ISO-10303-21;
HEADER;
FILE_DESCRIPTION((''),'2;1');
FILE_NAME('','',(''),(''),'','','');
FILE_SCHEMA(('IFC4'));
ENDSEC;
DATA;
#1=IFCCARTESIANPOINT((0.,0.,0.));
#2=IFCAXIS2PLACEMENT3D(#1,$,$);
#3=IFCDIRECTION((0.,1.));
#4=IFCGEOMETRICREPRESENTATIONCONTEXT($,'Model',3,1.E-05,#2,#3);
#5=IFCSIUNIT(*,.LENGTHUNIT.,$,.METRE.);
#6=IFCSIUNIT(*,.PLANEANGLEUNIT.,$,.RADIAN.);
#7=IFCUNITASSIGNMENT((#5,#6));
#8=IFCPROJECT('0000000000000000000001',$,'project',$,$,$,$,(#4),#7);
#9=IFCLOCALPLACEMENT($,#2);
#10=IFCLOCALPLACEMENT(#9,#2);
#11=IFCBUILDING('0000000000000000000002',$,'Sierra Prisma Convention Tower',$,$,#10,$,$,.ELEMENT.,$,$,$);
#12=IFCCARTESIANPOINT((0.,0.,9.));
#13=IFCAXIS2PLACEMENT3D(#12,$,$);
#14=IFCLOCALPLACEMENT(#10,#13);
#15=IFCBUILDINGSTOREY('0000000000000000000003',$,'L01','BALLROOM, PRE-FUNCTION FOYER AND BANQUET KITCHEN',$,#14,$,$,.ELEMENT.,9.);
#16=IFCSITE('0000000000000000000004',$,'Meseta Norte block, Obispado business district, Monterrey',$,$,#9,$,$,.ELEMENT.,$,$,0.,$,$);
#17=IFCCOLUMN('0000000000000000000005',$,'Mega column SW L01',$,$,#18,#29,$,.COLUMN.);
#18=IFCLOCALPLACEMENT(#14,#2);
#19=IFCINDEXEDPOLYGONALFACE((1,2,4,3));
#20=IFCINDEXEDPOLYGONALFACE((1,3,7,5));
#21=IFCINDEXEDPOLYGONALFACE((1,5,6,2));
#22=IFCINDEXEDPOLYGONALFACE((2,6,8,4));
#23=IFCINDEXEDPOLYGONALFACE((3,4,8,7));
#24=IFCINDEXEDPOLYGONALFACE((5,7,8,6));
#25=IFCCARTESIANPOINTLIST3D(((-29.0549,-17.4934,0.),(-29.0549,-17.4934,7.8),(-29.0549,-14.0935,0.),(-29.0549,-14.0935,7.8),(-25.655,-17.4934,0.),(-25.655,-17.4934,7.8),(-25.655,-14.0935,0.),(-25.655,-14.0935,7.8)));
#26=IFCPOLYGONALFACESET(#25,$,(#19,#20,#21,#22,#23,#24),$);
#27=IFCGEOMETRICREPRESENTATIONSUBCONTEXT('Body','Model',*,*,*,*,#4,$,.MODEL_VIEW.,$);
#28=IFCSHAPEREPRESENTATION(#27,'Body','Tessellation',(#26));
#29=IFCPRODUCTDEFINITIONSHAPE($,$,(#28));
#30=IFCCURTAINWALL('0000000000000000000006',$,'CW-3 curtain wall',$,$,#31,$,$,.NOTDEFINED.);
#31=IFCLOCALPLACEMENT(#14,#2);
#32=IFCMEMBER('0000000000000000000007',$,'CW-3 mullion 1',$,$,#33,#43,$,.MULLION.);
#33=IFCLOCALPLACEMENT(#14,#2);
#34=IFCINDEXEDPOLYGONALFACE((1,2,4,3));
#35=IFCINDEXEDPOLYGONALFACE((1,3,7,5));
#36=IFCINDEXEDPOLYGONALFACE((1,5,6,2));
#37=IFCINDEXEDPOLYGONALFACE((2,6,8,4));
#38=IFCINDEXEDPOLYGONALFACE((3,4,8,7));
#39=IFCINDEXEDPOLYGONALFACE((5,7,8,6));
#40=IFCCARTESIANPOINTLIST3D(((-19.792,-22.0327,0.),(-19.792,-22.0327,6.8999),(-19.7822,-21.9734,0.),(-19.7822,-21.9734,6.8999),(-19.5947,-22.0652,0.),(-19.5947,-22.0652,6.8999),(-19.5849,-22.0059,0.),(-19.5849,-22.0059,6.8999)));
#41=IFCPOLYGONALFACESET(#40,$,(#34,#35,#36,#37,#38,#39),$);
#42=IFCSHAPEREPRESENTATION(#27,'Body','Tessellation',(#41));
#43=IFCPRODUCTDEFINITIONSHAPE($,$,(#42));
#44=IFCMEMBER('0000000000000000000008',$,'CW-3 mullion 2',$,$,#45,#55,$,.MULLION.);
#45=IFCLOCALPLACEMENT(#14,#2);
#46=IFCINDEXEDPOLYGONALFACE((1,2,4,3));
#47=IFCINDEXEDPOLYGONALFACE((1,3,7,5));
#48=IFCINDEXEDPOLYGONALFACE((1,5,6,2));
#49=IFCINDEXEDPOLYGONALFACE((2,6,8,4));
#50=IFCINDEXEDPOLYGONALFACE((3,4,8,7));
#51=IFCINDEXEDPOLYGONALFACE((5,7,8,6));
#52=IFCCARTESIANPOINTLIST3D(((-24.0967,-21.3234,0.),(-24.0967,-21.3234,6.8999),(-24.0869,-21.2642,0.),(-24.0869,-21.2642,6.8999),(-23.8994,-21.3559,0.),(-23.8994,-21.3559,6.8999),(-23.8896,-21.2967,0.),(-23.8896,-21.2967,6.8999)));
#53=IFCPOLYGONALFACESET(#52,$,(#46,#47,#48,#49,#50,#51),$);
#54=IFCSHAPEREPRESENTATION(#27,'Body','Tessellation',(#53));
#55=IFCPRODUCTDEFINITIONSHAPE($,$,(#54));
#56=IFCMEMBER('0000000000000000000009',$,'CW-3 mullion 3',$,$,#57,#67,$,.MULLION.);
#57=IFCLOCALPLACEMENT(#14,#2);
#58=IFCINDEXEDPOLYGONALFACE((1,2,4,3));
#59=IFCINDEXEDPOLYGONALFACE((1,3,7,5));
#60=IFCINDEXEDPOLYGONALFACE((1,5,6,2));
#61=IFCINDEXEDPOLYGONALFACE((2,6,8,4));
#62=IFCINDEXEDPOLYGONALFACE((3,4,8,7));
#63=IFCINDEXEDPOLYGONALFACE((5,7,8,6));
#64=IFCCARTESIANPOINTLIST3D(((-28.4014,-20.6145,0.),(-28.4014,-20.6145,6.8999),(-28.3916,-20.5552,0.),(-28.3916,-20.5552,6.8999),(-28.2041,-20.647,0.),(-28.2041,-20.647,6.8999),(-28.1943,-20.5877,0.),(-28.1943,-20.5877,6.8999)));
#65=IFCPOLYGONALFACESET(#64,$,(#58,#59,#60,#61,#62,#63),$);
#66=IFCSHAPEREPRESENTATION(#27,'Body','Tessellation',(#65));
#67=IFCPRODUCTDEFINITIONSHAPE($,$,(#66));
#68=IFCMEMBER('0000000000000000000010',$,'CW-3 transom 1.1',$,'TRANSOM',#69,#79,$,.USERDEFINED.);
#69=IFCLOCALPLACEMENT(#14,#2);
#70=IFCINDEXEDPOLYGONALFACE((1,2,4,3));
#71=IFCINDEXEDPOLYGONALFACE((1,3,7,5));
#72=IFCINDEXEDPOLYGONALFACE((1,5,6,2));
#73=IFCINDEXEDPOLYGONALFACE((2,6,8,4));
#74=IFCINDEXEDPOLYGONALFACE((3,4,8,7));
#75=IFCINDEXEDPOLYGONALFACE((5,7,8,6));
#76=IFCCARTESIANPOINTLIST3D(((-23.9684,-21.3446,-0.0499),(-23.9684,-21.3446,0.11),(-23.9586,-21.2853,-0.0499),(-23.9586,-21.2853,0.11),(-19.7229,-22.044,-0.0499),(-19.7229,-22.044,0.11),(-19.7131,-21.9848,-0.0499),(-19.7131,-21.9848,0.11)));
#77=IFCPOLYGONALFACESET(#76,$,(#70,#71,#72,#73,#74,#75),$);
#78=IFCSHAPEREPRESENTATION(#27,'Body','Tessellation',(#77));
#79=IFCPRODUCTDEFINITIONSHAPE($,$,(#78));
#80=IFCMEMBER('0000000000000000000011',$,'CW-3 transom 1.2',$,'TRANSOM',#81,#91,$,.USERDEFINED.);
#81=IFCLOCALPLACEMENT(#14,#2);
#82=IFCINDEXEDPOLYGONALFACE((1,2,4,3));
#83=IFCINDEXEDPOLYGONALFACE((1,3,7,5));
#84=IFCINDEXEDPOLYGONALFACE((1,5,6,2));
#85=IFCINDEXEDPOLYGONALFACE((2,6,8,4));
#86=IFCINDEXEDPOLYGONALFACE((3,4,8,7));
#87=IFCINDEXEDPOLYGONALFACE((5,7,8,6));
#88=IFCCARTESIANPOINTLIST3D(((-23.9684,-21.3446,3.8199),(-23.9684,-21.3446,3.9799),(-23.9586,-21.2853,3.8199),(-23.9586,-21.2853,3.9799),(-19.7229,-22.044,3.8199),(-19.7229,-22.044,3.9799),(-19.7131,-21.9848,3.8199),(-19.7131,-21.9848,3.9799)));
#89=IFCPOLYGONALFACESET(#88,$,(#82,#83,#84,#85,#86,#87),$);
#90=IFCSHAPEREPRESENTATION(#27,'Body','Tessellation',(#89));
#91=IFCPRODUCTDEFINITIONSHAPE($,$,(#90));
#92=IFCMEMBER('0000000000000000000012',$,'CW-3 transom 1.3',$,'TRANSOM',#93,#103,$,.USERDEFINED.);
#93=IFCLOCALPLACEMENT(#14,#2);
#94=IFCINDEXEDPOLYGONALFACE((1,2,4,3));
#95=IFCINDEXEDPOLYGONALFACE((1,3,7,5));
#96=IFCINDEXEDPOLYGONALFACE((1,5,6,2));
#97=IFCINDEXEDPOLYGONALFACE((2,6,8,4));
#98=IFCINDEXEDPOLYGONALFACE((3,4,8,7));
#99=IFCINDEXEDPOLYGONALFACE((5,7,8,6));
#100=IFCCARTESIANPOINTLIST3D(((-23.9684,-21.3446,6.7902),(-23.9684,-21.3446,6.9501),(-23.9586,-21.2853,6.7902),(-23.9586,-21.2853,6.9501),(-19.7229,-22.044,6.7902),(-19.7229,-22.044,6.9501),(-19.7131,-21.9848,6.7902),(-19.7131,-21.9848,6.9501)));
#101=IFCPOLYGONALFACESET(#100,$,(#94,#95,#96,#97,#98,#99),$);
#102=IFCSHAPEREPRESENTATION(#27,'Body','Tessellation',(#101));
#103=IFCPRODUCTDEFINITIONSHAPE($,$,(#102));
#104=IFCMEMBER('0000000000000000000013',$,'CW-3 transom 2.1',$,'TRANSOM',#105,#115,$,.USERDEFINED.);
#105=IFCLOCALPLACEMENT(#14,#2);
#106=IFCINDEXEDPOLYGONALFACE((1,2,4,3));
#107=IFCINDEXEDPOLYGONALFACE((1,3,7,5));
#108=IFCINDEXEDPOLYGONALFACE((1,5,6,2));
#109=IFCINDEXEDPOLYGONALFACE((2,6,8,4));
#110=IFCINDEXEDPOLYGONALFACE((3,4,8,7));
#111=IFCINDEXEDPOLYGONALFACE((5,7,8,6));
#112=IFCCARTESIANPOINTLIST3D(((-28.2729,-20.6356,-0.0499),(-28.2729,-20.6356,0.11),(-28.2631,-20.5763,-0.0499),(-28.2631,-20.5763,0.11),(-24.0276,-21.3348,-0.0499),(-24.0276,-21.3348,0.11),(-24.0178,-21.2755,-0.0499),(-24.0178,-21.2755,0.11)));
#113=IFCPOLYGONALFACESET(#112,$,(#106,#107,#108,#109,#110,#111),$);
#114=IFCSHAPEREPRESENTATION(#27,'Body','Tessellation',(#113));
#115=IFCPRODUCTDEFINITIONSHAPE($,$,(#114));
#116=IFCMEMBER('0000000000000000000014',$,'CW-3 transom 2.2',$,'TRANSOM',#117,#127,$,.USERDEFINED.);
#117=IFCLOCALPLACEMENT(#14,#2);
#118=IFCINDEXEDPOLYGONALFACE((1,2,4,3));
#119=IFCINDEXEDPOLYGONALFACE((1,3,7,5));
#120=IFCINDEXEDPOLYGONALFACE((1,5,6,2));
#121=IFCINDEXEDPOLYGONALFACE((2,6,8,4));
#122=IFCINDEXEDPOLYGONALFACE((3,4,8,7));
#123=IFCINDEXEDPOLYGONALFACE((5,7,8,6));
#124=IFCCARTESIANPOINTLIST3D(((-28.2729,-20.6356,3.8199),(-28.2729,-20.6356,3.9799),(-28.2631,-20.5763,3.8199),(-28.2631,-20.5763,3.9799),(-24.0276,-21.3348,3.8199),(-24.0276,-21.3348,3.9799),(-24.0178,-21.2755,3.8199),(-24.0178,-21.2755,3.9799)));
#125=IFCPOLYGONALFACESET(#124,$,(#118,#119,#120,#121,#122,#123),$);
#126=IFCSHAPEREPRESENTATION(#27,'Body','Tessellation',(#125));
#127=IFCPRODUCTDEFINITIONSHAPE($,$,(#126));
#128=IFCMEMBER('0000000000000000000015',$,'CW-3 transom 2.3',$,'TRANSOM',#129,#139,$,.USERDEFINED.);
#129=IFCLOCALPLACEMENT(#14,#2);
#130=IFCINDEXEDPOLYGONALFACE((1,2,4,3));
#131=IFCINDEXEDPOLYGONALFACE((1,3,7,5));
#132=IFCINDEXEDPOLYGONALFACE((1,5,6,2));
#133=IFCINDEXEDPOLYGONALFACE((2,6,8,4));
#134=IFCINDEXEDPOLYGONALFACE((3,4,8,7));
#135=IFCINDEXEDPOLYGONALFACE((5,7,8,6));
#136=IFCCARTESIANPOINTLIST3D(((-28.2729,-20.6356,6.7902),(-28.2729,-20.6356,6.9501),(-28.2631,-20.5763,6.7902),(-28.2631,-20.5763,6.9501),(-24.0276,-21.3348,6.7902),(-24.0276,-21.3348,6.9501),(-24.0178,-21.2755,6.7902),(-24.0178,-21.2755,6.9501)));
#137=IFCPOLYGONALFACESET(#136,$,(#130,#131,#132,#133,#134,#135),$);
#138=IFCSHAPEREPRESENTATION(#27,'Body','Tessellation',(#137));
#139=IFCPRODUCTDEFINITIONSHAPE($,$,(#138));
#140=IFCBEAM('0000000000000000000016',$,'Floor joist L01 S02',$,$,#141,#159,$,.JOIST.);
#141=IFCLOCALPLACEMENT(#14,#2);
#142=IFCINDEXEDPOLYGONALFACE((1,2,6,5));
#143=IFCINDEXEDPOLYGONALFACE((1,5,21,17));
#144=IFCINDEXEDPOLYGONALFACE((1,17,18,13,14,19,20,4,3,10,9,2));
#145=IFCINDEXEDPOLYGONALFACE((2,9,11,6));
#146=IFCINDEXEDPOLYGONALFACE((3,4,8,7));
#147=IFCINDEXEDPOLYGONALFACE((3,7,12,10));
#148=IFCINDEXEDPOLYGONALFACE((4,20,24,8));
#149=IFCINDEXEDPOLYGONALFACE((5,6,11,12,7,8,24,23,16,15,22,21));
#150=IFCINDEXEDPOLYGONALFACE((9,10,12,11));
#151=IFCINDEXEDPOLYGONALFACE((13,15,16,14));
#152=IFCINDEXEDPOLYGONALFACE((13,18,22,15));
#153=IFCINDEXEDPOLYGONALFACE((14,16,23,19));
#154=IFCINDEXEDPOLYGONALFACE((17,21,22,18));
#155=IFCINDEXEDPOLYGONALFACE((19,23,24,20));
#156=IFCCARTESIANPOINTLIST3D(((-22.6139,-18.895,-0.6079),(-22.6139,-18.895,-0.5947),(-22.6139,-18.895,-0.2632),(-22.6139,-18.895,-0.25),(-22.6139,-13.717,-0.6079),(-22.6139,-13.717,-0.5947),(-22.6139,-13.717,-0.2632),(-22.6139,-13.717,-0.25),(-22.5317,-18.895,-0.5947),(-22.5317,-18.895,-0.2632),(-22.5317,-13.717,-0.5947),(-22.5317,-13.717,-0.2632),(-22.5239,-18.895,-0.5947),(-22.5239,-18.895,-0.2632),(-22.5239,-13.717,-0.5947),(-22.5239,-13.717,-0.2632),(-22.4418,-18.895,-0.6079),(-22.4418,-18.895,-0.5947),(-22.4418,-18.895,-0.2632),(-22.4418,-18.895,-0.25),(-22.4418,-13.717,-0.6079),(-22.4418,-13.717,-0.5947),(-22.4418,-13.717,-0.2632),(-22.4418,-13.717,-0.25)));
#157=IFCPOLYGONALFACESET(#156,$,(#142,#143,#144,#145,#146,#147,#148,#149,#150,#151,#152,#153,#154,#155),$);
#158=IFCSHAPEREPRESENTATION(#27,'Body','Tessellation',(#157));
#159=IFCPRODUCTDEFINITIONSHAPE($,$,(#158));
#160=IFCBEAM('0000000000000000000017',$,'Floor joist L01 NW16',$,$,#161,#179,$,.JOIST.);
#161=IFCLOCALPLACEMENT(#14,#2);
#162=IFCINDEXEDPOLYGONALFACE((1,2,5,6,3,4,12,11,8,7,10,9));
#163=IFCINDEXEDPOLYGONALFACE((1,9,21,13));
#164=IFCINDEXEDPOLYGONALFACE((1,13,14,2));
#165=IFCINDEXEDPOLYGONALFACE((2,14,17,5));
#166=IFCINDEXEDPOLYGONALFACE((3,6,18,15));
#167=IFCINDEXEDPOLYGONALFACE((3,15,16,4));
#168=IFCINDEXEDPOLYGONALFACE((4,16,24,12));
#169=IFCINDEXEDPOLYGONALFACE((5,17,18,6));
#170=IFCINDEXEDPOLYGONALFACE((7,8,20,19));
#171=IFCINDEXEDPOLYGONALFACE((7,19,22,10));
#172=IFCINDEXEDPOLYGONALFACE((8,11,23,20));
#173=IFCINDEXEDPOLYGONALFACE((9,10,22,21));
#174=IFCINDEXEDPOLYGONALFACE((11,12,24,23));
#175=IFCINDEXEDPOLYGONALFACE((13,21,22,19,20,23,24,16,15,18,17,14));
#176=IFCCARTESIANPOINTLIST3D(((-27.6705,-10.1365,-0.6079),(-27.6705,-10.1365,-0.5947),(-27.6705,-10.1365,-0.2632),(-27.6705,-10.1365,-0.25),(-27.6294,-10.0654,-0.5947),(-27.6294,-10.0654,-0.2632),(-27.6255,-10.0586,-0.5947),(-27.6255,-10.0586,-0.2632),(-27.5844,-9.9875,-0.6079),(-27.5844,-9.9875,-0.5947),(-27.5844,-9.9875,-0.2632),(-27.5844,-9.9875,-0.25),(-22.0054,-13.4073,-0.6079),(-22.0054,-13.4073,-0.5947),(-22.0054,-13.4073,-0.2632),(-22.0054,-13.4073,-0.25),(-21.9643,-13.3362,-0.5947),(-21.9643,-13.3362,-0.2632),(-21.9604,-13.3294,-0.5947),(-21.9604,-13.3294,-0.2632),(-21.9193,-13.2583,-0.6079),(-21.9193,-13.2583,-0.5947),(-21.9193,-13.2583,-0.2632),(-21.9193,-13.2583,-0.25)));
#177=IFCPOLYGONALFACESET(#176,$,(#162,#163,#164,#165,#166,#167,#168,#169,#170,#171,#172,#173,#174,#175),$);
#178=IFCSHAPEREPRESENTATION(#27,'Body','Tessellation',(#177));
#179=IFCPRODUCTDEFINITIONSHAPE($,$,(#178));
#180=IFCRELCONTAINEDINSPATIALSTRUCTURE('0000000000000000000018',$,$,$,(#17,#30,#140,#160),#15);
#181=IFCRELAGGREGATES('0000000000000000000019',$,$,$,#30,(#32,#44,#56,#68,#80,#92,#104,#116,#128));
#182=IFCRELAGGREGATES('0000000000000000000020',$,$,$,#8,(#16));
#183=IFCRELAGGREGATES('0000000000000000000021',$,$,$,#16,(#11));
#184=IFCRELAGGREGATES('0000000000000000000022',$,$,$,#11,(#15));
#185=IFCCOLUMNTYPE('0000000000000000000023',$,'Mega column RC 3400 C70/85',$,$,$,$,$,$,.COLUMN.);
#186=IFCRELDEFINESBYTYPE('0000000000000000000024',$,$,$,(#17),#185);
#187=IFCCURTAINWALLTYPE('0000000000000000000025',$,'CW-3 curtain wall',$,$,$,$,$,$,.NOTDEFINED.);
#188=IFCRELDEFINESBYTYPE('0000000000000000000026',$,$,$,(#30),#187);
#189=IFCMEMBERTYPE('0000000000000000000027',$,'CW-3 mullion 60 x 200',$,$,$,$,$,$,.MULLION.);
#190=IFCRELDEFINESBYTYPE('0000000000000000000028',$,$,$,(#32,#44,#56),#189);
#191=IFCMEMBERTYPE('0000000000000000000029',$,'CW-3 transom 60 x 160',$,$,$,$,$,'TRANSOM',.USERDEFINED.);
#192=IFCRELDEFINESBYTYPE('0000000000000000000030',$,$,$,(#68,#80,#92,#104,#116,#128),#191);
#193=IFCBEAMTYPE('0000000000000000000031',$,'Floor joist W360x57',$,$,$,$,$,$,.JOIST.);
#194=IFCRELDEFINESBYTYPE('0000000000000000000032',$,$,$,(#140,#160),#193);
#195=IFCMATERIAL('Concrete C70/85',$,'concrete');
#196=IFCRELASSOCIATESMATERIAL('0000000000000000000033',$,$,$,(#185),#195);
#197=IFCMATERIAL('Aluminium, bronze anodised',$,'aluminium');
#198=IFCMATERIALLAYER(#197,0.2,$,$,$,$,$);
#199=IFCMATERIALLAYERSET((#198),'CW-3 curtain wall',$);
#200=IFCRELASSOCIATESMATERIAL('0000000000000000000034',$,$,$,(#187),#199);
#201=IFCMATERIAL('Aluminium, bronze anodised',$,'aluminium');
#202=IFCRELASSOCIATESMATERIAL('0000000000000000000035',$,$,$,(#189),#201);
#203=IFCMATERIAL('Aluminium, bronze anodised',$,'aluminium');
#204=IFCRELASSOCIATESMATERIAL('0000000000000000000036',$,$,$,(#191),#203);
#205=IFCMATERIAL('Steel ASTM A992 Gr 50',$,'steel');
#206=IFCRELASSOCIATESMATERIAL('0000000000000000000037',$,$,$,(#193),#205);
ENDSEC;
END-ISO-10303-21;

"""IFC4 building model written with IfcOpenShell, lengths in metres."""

from ifc_helpers import new_model, si_unit, direction, frame, origin, origin_2d, place, context, subcontext, project, spatial, rectangle, i_section, extrude, material, layer, layer_set, material_profile, profile_set, type_object, element, aggregate, save


model = new_model("IFC4")

# Units and contexts
model_context = context("Model", 3, precision=1e-05, world=origin(), true_north=direction((0.0, 1.0)))
body_context = subcontext(model_context, "Body", "Model", "MODEL_VIEW")
ifc_project = project(units=[si_unit("LENGTHUNIT", "METRE"), si_unit("PLANEANGLEUNIT", "RADIAN")], contexts=[model_context])

# Site, building, storey
site_placement = place(None, origin())
site = spatial("IfcSite", under=ifc_project, at=site_placement, Name="Meseta Norte block, Obispado business district, Monterrey", CompositionType="ELEMENT", RefElevation=0.0)
building_placement = place(site_placement, origin())
building = spatial("IfcBuilding", under=site, at=building_placement, Name="Sierra Prisma Convention Tower", CompositionType="ELEMENT")
storey_placement = place(building_placement, frame((0.0, 0.0, 9.0)))
storey = spatial("IfcBuildingStorey", under=building, at=storey_placement, Name="L01", Description="BALLROOM, PRE-FUNCTION FOYER AND BANQUET KITCHEN", CompositionType="ELEMENT", Elevation=9.0)

# Column
ifc_material_1 = material(Name="Concrete C70/85", Category="concrete")
ifc_material_profile_1 = material_profile(ifc_material_1, rectangle(XDim=3.3999, YDim=3.3999, at=origin_2d()), Name="Mega column RC 3400 C70/85")
ifc_profile_set_1 = profile_set([ifc_material_profile_1], Name="Concrete C70/85")
column_type = type_object("IfcColumnType", Name="Mega column RC 3400 C70/85", PredefinedType="COLUMN", material=ifc_profile_set_1)
column_placement = place(storey_placement, frame((-27.355, -15.7935, 0.0), z_axis=(0.0, 0.0, 1.0), x_axis=(1.0, 0.0, 0.0)))
element("IfcColumn", 1, at=column_placement, inside=storey, type_object=column_type, Name="Mega column SW L01", PredefinedType="COLUMN", context=body_context, shape_type="SweptSolid", body=[
    extrude(rectangle(XDim=3.3999, YDim=3.3999, at=origin_2d()), origin(), (0.0, 0.0, 1.0), 7.8),
])

# Curtain wall, members
ifc_material_2 = material(Name="Aluminium, bronze anodised", Category="aluminium")
ifc_layer_1 = layer(ifc_material_2, 0.2)
ifc_layer_set_1 = layer_set([ifc_layer_1], Name="CW-3 curtain wall")
curtain_wall_type = type_object("IfcCurtainWallType", Name="CW-3 curtain wall", PredefinedType="NOTDEFINED", material=ifc_layer_set_1)
curtain_wall_placement = place(storey_placement, origin())
curtain_wall = element("IfcCurtainWall", 2, at=curtain_wall_placement, inside=storey, type_object=curtain_wall_type, Name="CW-3 curtain wall", PredefinedType="NOTDEFINED")
ifc_material_3 = material(Name="Aluminium, bronze anodised", Category="aluminium")
ifc_material_profile_2 = material_profile(ifc_material_3, rectangle(XDim=0.0601, YDim=0.2, at=origin_2d()), Name="CW-3 mullion 60 x 200")
ifc_profile_set_2 = profile_set([ifc_material_profile_2], Name="Aluminium, bronze anodised")
member_type_1 = type_object("IfcMemberType", Name="CW-3 mullion 60 x 200", PredefinedType="MULLION", material=ifc_profile_set_2)
member_1_placement = place(storey_placement, frame((-19.6885, -22.0193, 0.0), z_axis=(0.0, 0.0, 1.0), x_axis=(-0.162542, -0.986702, 0.0)))
member_1 = element("IfcMember", 3, at=member_1_placement, type_object=member_type_1, Name="CW-3 mullion 1", PredefinedType="MULLION", context=body_context, shape_type="SweptSolid", body=[
    extrude(rectangle(XDim=0.0601, YDim=0.2, at=origin_2d()), origin(), (0.0, 0.0, 1.0), 6.8999),
])
member_2_placement = place(storey_placement, frame((-23.9932, -21.3101, 0.0), z_axis=(0.0, 0.0, 1.0), x_axis=(-0.162542, -0.986702, 0.0)))
member_2 = element("IfcMember", 4, at=member_2_placement, type_object=member_type_1, Name="CW-3 mullion 2", PredefinedType="MULLION", context=body_context, shape_type="SweptSolid", body=[
    extrude(rectangle(XDim=0.0601, YDim=0.2, at=origin_2d()), origin(), (0.0, 0.0, 1.0), 6.8999),
])
member_3_placement = place(storey_placement, frame((-28.2979, -20.6011, 0.0), z_axis=(0.0, 0.0, 1.0), x_axis=(-0.162542, -0.986702, 0.0)))
member_3 = element("IfcMember", 5, at=member_3_placement, type_object=member_type_1, Name="CW-3 mullion 3", PredefinedType="MULLION", context=body_context, shape_type="SweptSolid", body=[
    extrude(rectangle(XDim=0.0601, YDim=0.2, at=origin_2d()), origin(), (0.0, 0.0, 1.0), 6.8999),
])
ifc_material_4 = material(Name="Aluminium, bronze anodised", Category="aluminium")
ifc_material_profile_3 = material_profile(ifc_material_4, rectangle(XDim=0.0601, YDim=0.1599, at=origin_2d()), Name="CW-3 transom 60 x 160")
ifc_profile_set_3 = profile_set([ifc_material_profile_3], Name="Aluminium, bronze anodised")
member_type_2 = type_object("IfcMemberType", Name="CW-3 transom 60 x 160", ElementType="TRANSOM", PredefinedType="USERDEFINED", material=ifc_profile_set_3)
member_4_placement = place(storey_placement, frame((-19.718, -22.0144, 0.03), z_axis=(-0.986699, 0.162559, 0.0), x_axis=(-0.162559, -0.986699, 0.0)))
member_4 = element("IfcMember", 6, at=member_4_placement, type_object=member_type_2, Name="CW-3 transom 1.1", ObjectType="TRANSOM", PredefinedType="USERDEFINED", context=body_context, shape_type="SweptSolid", body=[
    extrude(rectangle(XDim=0.0601, YDim=0.1599, at=origin_2d()), origin(), (0.0, 0.0, 1.0), 4.3027),
])
member_5_placement = place(storey_placement, frame((-19.718, -22.0144, 3.8999), z_axis=(-0.986699, 0.162559, 0.0), x_axis=(-0.162559, -0.986699, 0.0)))
member_5 = element("IfcMember", 7, at=member_5_placement, type_object=member_type_2, Name="CW-3 transom 1.2", ObjectType="TRANSOM", PredefinedType="USERDEFINED", context=body_context, shape_type="SweptSolid", body=[
    extrude(rectangle(XDim=0.0601, YDim=0.1599, at=origin_2d()), origin(), (0.0, 0.0, 1.0), 4.3027),
])
member_6_placement = place(storey_placement, frame((-19.718, -22.0144, 6.8701), z_axis=(-0.986699, 0.162559, 0.0), x_axis=(-0.162559, -0.986699, 0.0)))
member_6 = element("IfcMember", 8, at=member_6_placement, type_object=member_type_2, Name="CW-3 transom 1.3", ObjectType="TRANSOM", PredefinedType="USERDEFINED", context=body_context, shape_type="SweptSolid", body=[
    extrude(rectangle(XDim=0.0601, YDim=0.1599, at=origin_2d()), origin(), (0.0, 0.0, 1.0), 4.3027),
])
member_7_placement = place(storey_placement, frame((-24.0227, -21.3052, 0.03), z_axis=(-0.986707, 0.162512, 0.0), x_axis=(-0.162512, -0.986707, 0.0)))
member_7 = element("IfcMember", 9, at=member_7_placement, type_object=member_type_2, Name="CW-3 transom 2.1", ObjectType="TRANSOM", PredefinedType="USERDEFINED", context=body_context, shape_type="SweptSolid", body=[
    extrude(rectangle(XDim=0.0601, YDim=0.1599, at=origin_2d()), origin(), (0.0, 0.0, 1.0), 4.3025),
])
member_8_placement = place(storey_placement, frame((-24.0227, -21.3052, 3.8999), z_axis=(-0.986707, 0.162512, 0.0), x_axis=(-0.162512, -0.986707, 0.0)))
member_8 = element("IfcMember", 10, at=member_8_placement, type_object=member_type_2, Name="CW-3 transom 2.2", ObjectType="TRANSOM", PredefinedType="USERDEFINED", context=body_context, shape_type="SweptSolid", body=[
    extrude(rectangle(XDim=0.0601, YDim=0.1599, at=origin_2d()), origin(), (0.0, 0.0, 1.0), 4.3025),
])
member_9_placement = place(storey_placement, frame((-24.0227, -21.3052, 6.8701), z_axis=(-0.986707, 0.162512, 0.0), x_axis=(-0.162512, -0.986707, 0.0)))
member_9 = element("IfcMember", 11, at=member_9_placement, type_object=member_type_2, Name="CW-3 transom 2.3", ObjectType="TRANSOM", PredefinedType="USERDEFINED", context=body_context, shape_type="SweptSolid", body=[
    extrude(rectangle(XDim=0.0601, YDim=0.1599, at=origin_2d()), origin(), (0.0, 0.0, 1.0), 4.3025),
])

# Beams
ifc_material_5 = material(Name="Steel ASTM A992 Gr 50", Category="steel")
ifc_material_profile_4 = material_profile(ifc_material_5, i_section(OverallWidth=0.1721, OverallDepth=0.3579, WebThickness=0.0078, FlangeThickness=0.0132, at=origin_2d()), Name="W360x57")
ifc_profile_set_4 = profile_set([ifc_material_profile_4], Name="Steel ASTM A992 Gr 50")
beam_type_1 = type_object("IfcBeamType", Name="Floor joist W360x57", PredefinedType="JOIST", material=ifc_profile_set_4)
beam_1_placement = place(storey_placement, frame((-22.5278, -18.895, -0.429), z_axis=(0.0, 1.0, 0.0), x_axis=(-1.0, 0.0, 0.0)))
element("IfcBeam", 12, at=beam_1_placement, inside=storey, type_object=beam_type_1, Name="Floor joist L01 S02", PredefinedType="JOIST", context=body_context, shape_type="SweptSolid", body=[
    extrude(i_section(OverallWidth=0.1721, OverallDepth=0.3579, WebThickness=0.0078, FlangeThickness=0.0132, at=origin_2d()), origin(), (0.0, 0.0, 1.0), 5.178),
])
beam_2_placement = place(storey_placement, frame((-27.6274, -10.062, -0.429), z_axis=(0.866023, -0.500005, 0.0), x_axis=(0.500005, 0.866023, 0.0)))
element("IfcBeam", 13, at=beam_2_placement, inside=storey, type_object=beam_type_1, Name="Floor joist L01 NW16", PredefinedType="JOIST", context=body_context, shape_type="SweptSolid", body=[
    extrude(i_section(OverallWidth=0.1721, OverallDepth=0.3579, WebThickness=0.0078, FlangeThickness=0.0132, at=origin_2d()), origin(), (0.0, 0.0, 1.0), 6.5415),
])

aggregate(curtain_wall, [member_1, member_2, member_3, member_4, member_5, member_6, member_7, member_8, member_9])

save(model, "model.ifc")
